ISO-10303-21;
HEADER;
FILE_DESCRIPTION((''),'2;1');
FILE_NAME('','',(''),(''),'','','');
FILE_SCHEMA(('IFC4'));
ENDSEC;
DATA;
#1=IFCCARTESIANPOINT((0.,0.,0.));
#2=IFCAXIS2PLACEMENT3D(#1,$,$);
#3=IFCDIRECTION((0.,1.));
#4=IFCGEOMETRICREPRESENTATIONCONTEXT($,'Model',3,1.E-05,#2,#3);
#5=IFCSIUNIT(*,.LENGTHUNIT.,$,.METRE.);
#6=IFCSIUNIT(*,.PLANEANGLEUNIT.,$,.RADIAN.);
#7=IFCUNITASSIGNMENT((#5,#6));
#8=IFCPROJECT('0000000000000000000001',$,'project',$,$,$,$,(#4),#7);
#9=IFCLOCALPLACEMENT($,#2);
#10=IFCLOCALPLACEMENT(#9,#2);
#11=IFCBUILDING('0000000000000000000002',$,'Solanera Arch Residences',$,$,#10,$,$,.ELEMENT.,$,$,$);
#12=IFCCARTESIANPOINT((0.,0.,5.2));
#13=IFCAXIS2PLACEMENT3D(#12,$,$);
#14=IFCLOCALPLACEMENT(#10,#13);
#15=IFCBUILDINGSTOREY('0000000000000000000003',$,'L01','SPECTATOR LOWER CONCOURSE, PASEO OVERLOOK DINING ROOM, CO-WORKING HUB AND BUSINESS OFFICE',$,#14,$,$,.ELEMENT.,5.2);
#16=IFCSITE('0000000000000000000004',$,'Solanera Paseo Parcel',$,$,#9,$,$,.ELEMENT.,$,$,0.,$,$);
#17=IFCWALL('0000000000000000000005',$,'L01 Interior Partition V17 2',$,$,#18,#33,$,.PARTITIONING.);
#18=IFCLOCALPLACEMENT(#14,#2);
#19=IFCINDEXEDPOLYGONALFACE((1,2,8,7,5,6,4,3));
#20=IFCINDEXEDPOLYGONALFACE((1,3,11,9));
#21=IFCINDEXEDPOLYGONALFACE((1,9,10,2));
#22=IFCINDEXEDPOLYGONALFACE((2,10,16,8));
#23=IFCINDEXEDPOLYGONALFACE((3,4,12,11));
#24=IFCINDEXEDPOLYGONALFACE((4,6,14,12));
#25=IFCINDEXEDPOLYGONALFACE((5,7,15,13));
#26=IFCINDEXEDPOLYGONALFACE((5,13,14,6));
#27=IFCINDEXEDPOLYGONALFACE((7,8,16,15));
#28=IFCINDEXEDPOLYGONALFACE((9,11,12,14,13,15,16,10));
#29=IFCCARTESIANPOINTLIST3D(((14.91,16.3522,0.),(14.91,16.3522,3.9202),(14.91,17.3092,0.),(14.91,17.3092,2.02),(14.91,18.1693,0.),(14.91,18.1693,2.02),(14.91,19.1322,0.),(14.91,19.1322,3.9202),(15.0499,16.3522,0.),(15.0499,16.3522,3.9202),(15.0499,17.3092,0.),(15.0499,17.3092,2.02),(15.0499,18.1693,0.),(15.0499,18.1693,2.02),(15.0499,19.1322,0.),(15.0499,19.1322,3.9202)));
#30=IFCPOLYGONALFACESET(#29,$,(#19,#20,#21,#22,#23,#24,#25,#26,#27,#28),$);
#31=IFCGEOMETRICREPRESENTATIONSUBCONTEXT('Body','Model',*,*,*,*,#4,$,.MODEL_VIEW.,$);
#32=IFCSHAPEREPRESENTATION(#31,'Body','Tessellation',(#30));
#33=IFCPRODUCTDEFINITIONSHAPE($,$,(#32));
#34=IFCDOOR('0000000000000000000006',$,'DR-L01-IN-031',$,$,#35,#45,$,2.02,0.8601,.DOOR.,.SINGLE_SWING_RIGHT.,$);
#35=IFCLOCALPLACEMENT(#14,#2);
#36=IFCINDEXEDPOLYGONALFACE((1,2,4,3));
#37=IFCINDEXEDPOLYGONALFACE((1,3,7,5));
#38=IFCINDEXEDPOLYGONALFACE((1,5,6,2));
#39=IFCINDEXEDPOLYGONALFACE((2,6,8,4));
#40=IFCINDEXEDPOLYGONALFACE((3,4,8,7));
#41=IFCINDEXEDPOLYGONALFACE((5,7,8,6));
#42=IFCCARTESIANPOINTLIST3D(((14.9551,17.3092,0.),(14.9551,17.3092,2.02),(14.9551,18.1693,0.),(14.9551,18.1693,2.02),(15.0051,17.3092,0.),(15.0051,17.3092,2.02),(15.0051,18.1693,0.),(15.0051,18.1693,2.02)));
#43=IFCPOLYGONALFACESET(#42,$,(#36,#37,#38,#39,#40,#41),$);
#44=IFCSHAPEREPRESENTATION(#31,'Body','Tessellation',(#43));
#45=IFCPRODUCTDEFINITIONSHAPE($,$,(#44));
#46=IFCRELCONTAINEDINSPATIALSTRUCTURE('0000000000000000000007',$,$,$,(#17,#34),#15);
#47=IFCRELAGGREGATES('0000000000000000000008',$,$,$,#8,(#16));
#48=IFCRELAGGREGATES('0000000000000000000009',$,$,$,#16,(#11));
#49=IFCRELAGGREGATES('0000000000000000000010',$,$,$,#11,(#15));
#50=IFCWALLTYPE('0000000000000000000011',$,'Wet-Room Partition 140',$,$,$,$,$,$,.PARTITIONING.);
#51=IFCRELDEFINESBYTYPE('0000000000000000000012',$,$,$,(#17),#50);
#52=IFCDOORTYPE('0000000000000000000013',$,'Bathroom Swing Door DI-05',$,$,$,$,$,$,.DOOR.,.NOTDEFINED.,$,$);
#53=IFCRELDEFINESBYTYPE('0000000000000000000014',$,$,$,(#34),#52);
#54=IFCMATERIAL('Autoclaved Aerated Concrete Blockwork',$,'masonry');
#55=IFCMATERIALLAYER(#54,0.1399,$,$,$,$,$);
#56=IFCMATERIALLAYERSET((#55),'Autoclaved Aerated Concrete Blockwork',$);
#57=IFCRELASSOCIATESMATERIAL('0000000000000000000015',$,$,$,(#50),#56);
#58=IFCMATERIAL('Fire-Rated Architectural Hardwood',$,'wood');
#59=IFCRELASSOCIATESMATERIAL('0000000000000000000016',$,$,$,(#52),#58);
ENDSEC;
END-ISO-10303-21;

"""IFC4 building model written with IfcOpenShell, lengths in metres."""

from ifc_helpers import new_model, si_unit, direction, frame, frame_2d, origin, place, context, subcontext, project, spatial, rectangle, extrude, material, layer, layer_set, type_object, element, fill, save


model = new_model("IFC4")

# Units and contexts
model_context = context("Model", 3, precision=1e-05, world=origin(), true_north=direction((0.0, 1.0)))
body_context = subcontext(model_context, "Body", "Model", "MODEL_VIEW")
ifc_project = project(units=[si_unit("LENGTHUNIT", "METRE"), si_unit("PLANEANGLEUNIT", "RADIAN")], contexts=[model_context])

# Site, building, storey
site_placement = place(None, origin())
site = spatial("IfcSite", under=ifc_project, at=site_placement, Name="Solanera Paseo Parcel", CompositionType="ELEMENT", RefElevation=0.0)
building_placement = place(site_placement, origin())
building = spatial("IfcBuilding", under=site, at=building_placement, Name="Solanera Arch Residences", CompositionType="ELEMENT")
storey_placement = place(building_placement, frame((0.0, 0.0, 5.2)))
storey = spatial("IfcBuildingStorey", under=building, at=storey_placement, Name="L01", Description="SPECTATOR LOWER CONCOURSE, PASEO OVERLOOK DINING ROOM, CO-WORKING HUB AND BUSINESS OFFICE", CompositionType="ELEMENT", Elevation=5.2)

# Shared definitions
ifc_material_1 = material(Name="Autoclaved Aerated Concrete Blockwork", Category="masonry")
ifc_layer_1 = layer(ifc_material_1, 0.1399)
ifc_layer_set_1 = layer_set([ifc_layer_1], Name="Autoclaved Aerated Concrete Blockwork")
wall_type_1 = type_object("IfcWallType", Name="Wet-Room Partition 140", PredefinedType="PARTITIONING", material=ifc_layer_set_1)

# Wall, opening, door
wall_1_placement = place(storey_placement, frame((14.98, 16.3521, 0.0), z_axis=(0.0, 0.0, 1.0), x_axis=(0.0, 1.0, 0.0)))
wall_1 = element("IfcWall", 1, at=wall_1_placement, inside=storey, type_object=wall_type_1, Name="L01 Interior Partition V17 2", PredefinedType="PARTITIONING", context=body_context, shape_type="SweptSolid", body=[
    extrude(rectangle(XDim=2.78, YDim=0.1399, at=frame_2d((1.3901, 0.0))), origin(), (0.0, 0.0, 1.0), 3.9202),
])
opening_1_placement = place(wall_1_placement, frame((0.957, 0.0, 0.0)))
opening_1 = element("IfcOpeningElement", 2, at=opening_1_placement, cuts=wall_1, PredefinedType="OPENING", context=body_context, shape_type="SweptSolid", body=[
    extrude(rectangle(XDim=0.8601, YDim=2.02, at=frame_2d((0.4302, 1.01))), frame((0.0, 0.0798, 0.0), z_axis=(0.0, -1.0, 0.0), x_axis=(1.0, 0.0, 0.0)), (0.0, 0.0, 1.0), 0.1599),
])
ifc_material_2 = material(Name="Fire-Rated Architectural Hardwood", Category="wood")
door_type_1 = type_object("IfcDoorType", Name="Bathroom Swing Door DI-05", OperationType="NOTDEFINED", PredefinedType="DOOR", material=ifc_material_2)
door_1_placement = place(opening_1_placement, origin())
door_1 = element("IfcDoor", 3, at=door_1_placement, inside=storey, type_object=door_type_1, Name="DR-L01-IN-031", OperationType="SINGLE_SWING_RIGHT", OverallHeight=2.02, OverallWidth=0.8601, PredefinedType="DOOR", context=body_context, shape_type="SweptSolid", body=[
    extrude(rectangle(XDim=0.8601, YDim=2.02, at=frame_2d((0.4302, 1.01))), frame((0.0, 0.0249, 0.0), z_axis=(0.0, -1.0, 0.0), x_axis=(1.0, 0.0, 0.0)), (0.0, 0.0, 1.0), 0.05),
])
fill(opening_1, door_1)

save(model, "model.ifc")
